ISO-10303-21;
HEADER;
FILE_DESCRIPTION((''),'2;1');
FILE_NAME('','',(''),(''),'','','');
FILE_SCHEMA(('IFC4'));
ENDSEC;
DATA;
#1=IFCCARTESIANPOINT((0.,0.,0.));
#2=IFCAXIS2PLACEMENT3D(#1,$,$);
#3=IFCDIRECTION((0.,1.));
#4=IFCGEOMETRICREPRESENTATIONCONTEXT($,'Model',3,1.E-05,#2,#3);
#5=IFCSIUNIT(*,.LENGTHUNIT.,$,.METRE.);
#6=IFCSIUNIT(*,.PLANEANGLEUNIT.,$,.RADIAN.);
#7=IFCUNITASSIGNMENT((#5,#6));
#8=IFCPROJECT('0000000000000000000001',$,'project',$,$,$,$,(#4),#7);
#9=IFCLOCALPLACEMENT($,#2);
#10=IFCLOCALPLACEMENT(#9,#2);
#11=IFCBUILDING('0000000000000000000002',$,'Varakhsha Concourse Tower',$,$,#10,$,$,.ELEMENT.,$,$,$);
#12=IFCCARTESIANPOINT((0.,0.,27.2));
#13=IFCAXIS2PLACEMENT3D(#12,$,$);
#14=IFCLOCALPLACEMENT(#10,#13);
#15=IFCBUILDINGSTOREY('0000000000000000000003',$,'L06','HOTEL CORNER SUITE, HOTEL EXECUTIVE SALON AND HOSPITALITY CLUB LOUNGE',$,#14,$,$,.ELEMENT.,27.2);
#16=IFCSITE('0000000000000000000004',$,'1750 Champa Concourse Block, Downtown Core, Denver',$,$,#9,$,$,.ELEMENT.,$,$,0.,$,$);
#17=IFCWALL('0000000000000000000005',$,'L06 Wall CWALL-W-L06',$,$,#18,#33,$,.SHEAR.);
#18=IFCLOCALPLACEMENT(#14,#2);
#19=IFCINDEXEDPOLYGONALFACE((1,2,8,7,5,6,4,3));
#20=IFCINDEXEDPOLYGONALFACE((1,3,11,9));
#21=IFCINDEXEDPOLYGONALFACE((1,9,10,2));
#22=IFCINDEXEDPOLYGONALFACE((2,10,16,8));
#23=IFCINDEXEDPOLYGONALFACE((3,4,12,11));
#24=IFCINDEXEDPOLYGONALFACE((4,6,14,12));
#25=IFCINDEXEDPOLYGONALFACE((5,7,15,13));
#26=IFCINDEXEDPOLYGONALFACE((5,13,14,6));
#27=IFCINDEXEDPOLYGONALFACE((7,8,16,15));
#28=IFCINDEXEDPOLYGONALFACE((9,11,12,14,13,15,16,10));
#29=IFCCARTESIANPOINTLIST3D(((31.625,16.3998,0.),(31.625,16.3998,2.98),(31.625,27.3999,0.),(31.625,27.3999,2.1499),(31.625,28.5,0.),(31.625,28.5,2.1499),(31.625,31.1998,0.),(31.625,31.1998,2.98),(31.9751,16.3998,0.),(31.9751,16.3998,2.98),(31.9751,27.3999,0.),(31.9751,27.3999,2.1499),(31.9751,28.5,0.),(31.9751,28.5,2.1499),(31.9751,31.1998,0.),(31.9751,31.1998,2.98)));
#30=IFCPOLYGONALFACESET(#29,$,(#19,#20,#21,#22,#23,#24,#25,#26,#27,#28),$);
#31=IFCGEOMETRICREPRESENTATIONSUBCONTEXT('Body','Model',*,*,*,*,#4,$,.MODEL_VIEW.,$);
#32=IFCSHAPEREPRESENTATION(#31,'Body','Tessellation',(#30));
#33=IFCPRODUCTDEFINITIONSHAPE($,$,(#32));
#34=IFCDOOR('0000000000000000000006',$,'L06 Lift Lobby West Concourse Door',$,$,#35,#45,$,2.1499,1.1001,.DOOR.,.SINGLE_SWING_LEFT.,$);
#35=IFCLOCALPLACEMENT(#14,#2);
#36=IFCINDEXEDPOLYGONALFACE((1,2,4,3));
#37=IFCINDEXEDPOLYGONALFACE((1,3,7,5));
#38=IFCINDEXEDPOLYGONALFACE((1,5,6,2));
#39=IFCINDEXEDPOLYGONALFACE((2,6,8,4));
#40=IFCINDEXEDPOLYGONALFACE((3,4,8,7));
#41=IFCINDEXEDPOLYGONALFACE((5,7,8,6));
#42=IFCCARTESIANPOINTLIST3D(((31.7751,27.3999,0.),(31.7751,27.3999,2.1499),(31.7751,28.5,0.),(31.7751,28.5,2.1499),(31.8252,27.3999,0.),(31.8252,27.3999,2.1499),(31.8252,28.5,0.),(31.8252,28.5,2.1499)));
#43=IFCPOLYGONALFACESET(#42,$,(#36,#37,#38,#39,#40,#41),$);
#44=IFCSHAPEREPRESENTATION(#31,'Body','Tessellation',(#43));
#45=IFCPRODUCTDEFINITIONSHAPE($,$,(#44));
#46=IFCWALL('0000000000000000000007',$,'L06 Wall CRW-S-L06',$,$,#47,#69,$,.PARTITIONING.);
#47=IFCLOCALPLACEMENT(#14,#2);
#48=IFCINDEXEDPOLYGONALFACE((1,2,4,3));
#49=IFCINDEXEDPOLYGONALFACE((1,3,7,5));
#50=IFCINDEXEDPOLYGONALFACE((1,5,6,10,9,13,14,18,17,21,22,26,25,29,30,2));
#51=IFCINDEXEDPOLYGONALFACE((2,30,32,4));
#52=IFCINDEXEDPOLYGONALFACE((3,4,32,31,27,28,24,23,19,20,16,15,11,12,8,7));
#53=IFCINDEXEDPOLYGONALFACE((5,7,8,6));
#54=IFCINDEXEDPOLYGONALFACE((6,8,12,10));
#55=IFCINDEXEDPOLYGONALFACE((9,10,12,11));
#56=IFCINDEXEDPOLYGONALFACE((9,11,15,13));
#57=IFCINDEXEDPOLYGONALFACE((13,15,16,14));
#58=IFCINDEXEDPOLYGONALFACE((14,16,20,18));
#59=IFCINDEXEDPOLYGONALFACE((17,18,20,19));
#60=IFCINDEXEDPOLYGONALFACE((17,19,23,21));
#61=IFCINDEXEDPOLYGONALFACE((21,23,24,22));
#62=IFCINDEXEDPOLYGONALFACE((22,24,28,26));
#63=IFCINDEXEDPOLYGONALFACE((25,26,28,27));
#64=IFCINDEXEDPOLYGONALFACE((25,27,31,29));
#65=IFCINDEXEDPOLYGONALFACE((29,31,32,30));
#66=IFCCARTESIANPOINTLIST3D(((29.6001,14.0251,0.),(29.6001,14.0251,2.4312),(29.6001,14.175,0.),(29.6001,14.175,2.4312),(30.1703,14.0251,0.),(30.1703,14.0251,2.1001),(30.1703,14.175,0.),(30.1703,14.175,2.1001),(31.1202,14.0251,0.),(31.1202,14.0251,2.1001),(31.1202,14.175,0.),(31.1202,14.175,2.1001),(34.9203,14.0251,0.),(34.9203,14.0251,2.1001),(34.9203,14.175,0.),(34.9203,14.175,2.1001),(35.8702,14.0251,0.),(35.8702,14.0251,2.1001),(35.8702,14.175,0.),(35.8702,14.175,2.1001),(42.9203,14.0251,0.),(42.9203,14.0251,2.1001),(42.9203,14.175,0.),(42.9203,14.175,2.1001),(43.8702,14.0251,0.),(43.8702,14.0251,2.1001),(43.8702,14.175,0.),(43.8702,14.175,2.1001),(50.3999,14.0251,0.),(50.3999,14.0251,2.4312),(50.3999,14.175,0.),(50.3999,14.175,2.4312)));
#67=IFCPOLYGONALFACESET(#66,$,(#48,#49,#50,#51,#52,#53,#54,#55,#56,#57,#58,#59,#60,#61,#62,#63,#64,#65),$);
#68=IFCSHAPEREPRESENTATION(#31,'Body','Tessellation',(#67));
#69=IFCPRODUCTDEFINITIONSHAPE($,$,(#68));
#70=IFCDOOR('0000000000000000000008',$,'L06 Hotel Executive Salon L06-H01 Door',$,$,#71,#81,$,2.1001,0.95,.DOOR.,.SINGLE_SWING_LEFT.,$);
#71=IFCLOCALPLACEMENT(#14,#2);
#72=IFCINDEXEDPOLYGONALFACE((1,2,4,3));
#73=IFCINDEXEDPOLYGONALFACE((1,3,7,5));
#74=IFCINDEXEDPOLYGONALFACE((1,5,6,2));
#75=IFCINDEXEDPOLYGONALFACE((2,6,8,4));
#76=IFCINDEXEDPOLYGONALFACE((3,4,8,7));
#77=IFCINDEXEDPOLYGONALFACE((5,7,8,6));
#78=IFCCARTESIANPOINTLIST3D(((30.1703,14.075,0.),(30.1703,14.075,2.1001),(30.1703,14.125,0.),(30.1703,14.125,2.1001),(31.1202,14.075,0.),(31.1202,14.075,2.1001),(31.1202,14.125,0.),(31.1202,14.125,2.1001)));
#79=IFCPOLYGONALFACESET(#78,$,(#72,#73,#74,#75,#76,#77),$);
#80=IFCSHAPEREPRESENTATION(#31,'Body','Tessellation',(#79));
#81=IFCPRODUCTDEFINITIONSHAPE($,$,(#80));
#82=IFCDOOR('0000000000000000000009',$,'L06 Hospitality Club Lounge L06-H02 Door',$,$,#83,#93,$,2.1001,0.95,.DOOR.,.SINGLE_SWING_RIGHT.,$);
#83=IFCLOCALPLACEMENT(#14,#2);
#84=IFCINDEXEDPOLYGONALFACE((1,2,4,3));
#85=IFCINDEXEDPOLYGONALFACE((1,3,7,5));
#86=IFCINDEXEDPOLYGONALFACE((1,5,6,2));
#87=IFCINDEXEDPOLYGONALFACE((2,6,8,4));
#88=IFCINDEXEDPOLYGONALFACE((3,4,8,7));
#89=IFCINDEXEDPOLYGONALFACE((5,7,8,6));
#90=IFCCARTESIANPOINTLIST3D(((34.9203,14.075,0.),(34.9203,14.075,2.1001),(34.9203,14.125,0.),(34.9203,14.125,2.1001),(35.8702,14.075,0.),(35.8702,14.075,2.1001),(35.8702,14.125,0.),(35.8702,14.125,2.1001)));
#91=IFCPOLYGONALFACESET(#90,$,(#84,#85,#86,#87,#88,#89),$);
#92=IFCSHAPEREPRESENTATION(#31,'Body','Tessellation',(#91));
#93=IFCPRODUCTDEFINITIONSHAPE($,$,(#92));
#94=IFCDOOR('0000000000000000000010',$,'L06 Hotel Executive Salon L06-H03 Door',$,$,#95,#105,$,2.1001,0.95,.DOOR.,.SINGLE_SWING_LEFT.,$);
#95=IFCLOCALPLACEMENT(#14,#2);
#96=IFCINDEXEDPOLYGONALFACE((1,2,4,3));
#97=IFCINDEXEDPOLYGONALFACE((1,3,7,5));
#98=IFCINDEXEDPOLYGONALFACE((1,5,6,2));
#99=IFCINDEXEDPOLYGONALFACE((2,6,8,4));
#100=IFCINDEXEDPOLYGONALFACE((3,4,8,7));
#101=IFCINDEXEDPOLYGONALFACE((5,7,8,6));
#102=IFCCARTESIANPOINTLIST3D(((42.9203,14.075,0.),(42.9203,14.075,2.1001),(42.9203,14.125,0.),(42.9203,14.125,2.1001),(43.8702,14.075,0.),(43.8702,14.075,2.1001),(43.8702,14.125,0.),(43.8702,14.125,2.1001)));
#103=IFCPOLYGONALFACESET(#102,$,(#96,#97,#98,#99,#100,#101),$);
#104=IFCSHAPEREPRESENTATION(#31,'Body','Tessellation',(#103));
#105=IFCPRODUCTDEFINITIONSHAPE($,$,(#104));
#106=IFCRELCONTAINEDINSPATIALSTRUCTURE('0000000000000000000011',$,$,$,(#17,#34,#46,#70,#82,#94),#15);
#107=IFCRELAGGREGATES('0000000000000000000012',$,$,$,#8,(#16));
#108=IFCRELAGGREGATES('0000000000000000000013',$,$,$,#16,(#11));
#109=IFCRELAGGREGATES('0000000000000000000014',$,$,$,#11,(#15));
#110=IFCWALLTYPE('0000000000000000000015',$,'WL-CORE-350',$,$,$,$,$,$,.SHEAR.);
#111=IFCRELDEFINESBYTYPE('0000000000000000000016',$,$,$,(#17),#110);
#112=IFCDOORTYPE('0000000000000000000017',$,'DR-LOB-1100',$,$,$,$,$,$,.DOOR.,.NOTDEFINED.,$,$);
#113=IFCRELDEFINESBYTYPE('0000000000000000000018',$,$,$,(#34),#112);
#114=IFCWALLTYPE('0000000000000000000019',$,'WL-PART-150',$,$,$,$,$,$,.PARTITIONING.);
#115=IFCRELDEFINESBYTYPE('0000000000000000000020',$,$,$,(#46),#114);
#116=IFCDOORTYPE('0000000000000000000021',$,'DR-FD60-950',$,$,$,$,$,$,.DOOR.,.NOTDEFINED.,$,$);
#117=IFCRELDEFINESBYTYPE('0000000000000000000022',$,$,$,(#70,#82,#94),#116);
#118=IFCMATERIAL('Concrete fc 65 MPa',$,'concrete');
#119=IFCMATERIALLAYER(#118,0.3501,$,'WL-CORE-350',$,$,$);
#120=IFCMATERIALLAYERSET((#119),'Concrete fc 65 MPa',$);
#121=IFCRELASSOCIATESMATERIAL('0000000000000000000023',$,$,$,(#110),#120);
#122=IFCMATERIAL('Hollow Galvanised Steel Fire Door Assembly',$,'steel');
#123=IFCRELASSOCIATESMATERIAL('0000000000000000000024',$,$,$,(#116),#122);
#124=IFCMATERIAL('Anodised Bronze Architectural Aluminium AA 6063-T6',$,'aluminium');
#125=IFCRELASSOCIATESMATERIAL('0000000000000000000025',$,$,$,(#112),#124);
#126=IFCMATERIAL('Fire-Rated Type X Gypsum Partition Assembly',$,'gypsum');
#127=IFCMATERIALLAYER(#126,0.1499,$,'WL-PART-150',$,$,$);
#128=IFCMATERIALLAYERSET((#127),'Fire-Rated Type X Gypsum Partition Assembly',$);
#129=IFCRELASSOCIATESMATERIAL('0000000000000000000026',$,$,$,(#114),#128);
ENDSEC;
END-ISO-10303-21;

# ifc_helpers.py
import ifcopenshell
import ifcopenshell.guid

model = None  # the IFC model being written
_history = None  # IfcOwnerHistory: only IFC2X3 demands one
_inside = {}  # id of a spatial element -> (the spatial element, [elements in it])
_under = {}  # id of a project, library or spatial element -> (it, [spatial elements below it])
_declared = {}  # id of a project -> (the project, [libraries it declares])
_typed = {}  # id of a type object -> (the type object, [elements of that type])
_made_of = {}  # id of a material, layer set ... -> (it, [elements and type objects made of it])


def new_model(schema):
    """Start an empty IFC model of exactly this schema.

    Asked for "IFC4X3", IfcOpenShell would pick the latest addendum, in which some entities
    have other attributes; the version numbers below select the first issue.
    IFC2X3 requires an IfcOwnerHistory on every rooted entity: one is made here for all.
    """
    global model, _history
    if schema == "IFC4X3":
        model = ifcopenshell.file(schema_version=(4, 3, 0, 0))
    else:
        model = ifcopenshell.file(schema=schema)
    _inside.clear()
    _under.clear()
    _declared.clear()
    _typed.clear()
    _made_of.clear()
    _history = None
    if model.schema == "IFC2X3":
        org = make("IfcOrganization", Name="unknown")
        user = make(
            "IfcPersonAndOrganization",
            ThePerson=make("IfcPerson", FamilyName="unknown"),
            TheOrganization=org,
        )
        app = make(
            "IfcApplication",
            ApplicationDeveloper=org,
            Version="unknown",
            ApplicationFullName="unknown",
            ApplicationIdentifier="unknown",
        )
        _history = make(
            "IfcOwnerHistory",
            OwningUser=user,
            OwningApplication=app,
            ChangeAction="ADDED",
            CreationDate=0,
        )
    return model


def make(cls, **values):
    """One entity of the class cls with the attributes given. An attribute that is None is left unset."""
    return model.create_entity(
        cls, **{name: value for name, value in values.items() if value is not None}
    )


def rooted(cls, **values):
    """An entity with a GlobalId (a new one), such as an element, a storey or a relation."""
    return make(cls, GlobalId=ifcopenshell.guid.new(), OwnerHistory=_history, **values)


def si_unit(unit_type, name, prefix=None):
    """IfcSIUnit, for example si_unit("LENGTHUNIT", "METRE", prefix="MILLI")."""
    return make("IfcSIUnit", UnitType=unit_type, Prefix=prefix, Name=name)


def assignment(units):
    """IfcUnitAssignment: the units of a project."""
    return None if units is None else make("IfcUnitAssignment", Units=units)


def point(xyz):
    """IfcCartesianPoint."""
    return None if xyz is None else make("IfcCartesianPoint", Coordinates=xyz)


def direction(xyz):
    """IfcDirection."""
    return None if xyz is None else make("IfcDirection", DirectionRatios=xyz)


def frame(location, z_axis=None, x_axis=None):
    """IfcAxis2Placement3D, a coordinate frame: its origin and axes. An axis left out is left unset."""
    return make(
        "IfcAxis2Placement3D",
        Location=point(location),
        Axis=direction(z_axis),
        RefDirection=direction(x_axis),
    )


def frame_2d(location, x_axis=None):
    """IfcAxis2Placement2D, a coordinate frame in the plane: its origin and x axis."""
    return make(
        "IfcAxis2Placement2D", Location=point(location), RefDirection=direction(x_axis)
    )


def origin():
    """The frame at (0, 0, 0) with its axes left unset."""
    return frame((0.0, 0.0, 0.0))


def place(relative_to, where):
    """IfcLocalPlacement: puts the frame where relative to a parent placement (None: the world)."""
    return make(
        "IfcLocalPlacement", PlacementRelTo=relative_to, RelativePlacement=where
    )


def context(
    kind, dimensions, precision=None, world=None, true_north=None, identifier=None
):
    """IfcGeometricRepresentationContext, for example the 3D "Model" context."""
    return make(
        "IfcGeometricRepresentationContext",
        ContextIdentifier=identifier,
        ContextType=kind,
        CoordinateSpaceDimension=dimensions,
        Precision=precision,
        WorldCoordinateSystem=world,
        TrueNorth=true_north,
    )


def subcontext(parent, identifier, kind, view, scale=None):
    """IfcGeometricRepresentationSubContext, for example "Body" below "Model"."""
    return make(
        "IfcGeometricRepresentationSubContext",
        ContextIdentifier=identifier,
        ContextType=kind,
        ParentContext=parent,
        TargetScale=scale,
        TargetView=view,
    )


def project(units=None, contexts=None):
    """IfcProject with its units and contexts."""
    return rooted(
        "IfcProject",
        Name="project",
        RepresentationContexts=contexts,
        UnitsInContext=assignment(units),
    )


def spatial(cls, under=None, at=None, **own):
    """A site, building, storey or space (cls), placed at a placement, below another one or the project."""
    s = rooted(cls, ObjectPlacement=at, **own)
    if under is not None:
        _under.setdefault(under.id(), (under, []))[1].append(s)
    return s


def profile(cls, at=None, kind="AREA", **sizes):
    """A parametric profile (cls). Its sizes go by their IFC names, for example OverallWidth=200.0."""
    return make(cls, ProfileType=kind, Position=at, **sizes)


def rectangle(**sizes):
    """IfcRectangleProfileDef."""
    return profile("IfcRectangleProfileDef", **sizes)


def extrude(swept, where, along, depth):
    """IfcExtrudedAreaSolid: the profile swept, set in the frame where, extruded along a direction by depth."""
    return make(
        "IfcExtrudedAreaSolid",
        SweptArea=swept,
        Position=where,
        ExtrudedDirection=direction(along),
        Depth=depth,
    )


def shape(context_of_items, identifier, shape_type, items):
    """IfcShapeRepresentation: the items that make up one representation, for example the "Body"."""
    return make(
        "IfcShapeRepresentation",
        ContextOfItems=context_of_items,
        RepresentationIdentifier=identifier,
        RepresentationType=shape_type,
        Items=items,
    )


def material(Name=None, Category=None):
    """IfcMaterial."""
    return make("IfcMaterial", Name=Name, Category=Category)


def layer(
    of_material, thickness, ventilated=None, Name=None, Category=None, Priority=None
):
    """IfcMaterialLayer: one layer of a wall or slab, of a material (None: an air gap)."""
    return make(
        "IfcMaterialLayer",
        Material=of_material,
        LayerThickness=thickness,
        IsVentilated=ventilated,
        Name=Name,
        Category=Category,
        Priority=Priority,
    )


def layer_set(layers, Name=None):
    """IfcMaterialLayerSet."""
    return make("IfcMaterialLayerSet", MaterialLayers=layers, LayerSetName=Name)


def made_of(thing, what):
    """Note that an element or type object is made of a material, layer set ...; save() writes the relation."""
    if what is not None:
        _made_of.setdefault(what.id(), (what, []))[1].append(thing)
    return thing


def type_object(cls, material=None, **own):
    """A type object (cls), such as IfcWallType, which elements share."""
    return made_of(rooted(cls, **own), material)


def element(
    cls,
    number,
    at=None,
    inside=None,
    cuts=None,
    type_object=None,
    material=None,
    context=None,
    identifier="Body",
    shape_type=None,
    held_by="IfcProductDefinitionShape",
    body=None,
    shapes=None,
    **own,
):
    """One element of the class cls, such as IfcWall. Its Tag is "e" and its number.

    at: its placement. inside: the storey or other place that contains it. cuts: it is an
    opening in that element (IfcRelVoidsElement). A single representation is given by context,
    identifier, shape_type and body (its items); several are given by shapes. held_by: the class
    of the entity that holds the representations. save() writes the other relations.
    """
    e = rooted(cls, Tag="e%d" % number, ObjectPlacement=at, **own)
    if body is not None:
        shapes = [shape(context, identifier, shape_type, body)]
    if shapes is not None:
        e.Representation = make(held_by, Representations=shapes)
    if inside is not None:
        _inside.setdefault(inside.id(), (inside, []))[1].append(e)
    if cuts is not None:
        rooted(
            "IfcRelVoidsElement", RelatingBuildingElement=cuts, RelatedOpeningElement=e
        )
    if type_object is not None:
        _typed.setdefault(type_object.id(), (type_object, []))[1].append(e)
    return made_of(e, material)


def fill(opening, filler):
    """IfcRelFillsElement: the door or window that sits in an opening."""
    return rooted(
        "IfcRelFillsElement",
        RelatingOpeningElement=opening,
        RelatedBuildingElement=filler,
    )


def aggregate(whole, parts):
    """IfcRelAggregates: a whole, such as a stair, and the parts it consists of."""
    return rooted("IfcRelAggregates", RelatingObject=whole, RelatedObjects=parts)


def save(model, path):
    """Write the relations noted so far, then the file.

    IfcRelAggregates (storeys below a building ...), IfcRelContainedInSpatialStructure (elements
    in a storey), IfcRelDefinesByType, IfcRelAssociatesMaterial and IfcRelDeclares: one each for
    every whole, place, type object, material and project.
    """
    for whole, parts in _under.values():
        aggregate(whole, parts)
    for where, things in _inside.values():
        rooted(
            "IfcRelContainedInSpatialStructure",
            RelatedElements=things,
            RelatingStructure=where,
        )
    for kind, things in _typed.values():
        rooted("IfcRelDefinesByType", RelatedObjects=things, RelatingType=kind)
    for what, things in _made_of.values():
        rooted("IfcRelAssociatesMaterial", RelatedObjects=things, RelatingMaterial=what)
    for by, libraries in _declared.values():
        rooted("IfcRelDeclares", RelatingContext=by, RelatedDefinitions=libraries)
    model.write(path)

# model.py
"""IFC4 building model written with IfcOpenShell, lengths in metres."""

from ifc_helpers import new_model, si_unit, direction, frame, frame_2d, origin, place, context, subcontext, project, spatial, rectangle, extrude, material, layer, layer_set, type_object, element, fill, save


model = new_model("IFC4")

# Units and contexts
model_context = context("Model", 3, precision=1e-05, world=origin(), true_north=direction((0.0, 1.0)))
body_context = subcontext(model_context, "Body", "Model", "MODEL_VIEW")
ifc_project = project(units=[si_unit("LENGTHUNIT", "METRE"), si_unit("PLANEANGLEUNIT", "RADIAN")], contexts=[model_context])

# Site, building, storey
site_placement = place(None, origin())
site = spatial("IfcSite", under=ifc_project, at=site_placement, Name="1750 Champa Concourse Block, Downtown Core, Denver", CompositionType="ELEMENT", RefElevation=0.0)
building_placement = place(site_placement, origin())
building = spatial("IfcBuilding", under=site, at=building_placement, Name="Varakhsha Concourse Tower", CompositionType="ELEMENT")
storey_placement = place(building_placement, frame((0.0, 0.0, 27.2)))
storey = spatial("IfcBuildingStorey", under=building, at=storey_placement, Name="L06", Description="HOTEL CORNER SUITE, HOTEL EXECUTIVE SALON AND HOSPITALITY CLUB LOUNGE", CompositionType="ELEMENT", Elevation=27.2)

# Shared definitions
ifc_material_1 = material(Name="Concrete fc 65 MPa", Category="concrete")

# Shared definitions
ifc_layer_1 = layer(ifc_material_1, 0.3501, Name="WL-CORE-350")
ifc_layer_set_1 = layer_set([ifc_layer_1], Name="Concrete fc 65 MPa")
wall_type_1 = type_object("IfcWallType", Name="WL-CORE-350", PredefinedType="SHEAR", material=ifc_layer_set_1)
ifc_material_2 = material(Name="Hollow Galvanised Steel Fire Door Assembly", Category="steel")
door_type_1 = type_object("IfcDoorType", Name="DR-FD60-950", OperationType="NOTDEFINED", PredefinedType="DOOR", material=ifc_material_2)

# Wall, opening, door
wall_1_placement = place(storey_placement, frame((31.8, 16.3999, 0.0), z_axis=(0.0, 0.0, 1.0), x_axis=(0.0, 1.0, 0.0)))
wall_1 = element("IfcWall", 1, at=wall_1_placement, inside=storey, type_object=wall_type_1, Name="L06 Wall CWALL-W-L06", PredefinedType="SHEAR", context=body_context, shape_type="SweptSolid", body=[
    extrude(rectangle(XDim=14.8, YDim=0.3501, at=frame_2d((7.3999, 0.0))), origin(), (0.0, 0.0, 1.0), 2.98),
])
opening_1_placement = place(wall_1_placement, frame((11.0, 0.0, 0.0)))
opening_1 = element("IfcOpeningElement", 2, at=opening_1_placement, cuts=wall_1, PredefinedType="OPENING", context=body_context, shape_type="SweptSolid", body=[
    extrude(rectangle(XDim=1.1001, YDim=2.1499, at=frame_2d((0.55, 1.075))), frame((0.0, 0.1851, 0.0), z_axis=(0.0, -1.0, 0.0), x_axis=(1.0, 0.0, 0.0)), (0.0, 0.0, 1.0), 0.3701),
])
ifc_material_3 = material(Name="Anodised Bronze Architectural Aluminium AA 6063-T6", Category="aluminium")
door_type_2 = type_object("IfcDoorType", Name="DR-LOB-1100", OperationType="NOTDEFINED", PredefinedType="DOOR", material=ifc_material_3)
door_1_placement = place(opening_1_placement, origin())
door_1 = element("IfcDoor", 3, at=door_1_placement, inside=storey, type_object=door_type_2, Name="L06 Lift Lobby West Concourse Door", OperationType="SINGLE_SWING_LEFT", OverallHeight=2.1499, OverallWidth=1.1001, PredefinedType="DOOR", context=body_context, shape_type="SweptSolid", body=[
    extrude(rectangle(XDim=1.1001, YDim=2.1499, at=frame_2d((0.55, 1.075))), frame((0.0, 0.0249, 0.0), z_axis=(0.0, -1.0, 0.0), x_axis=(1.0, 0.0, 0.0)), (0.0, 0.0, 1.0), 0.05),
])
fill(opening_1, door_1)

# Wall, openings, doors
ifc_material_4 = material(Name="Fire-Rated Type X Gypsum Partition Assembly", Category="gypsum")
ifc_layer_2 = layer(ifc_material_4, 0.1499, Name="WL-PART-150")
ifc_layer_set_2 = layer_set([ifc_layer_2], Name="Fire-Rated Type X Gypsum Partition Assembly")
wall_type_2 = type_object("IfcWallType", Name="WL-PART-150", PredefinedType="PARTITIONING", material=ifc_layer_set_2)
wall_2_placement = place(storey_placement, frame((29.6001, 14.1001, 0.0), z_axis=(0.0, 0.0, 1.0), x_axis=(1.0, 0.0, 0.0)))
wall_2 = element("IfcWall", 4, at=wall_2_placement, inside=storey, type_object=wall_type_2, Name="L06 Wall CRW-S-L06", PredefinedType="PARTITIONING", context=body_context, shape_type="SweptSolid", body=[
    extrude(rectangle(XDim=20.7998, YDim=0.1499, at=frame_2d((10.3999, 0.0))), origin(), (0.0, 0.0, 1.0), 2.4312),
])
opening_2_placement = place(wall_2_placement, frame((0.5701, 0.0, 0.0)))
opening_2 = element("IfcOpeningElement", 5, at=opening_2_placement, cuts=wall_2, PredefinedType="OPENING", context=body_context, shape_type="SweptSolid", body=[
    extrude(rectangle(XDim=0.95, YDim=2.1001, at=frame_2d((0.4751, 1.05))), frame((0.0, 0.085, 0.0), z_axis=(0.0, -1.0, 0.0), x_axis=(1.0, 0.0, 0.0)), (0.0, 0.0, 1.0), 0.1699),
])
opening_3_placement = place(wall_2_placement, frame((5.3201, 0.0, 0.0)))
opening_3 = element("IfcOpeningElement", 6, at=opening_3_placement, cuts=wall_2, PredefinedType="OPENING", context=body_context, shape_type="SweptSolid", body=[
    extrude(rectangle(XDim=0.95, YDim=2.1001, at=frame_2d((0.4751, 1.05))), frame((0.0, 0.085, 0.0), z_axis=(0.0, -1.0, 0.0), x_axis=(1.0, 0.0, 0.0)), (0.0, 0.0, 1.0), 0.1699),
])
opening_4_placement = place(wall_2_placement, frame((13.3201, 0.0, 0.0)))
opening_4 = element("IfcOpeningElement", 7, at=opening_4_placement, cuts=wall_2, PredefinedType="OPENING", context=body_context, shape_type="SweptSolid", body=[
    extrude(rectangle(XDim=0.95, YDim=2.1001, at=frame_2d((0.4751, 1.05))), frame((0.0, 0.085, 0.0), z_axis=(0.0, -1.0, 0.0), x_axis=(1.0, 0.0, 0.0)), (0.0, 0.0, 1.0), 0.1699),
])
door_2_placement = place(opening_2_placement, origin())
door_2 = element("IfcDoor", 8, at=door_2_placement, inside=storey, type_object=door_type_1, Name="L06 Hotel Executive Salon L06-H01 Door", OperationType="SINGLE_SWING_LEFT", OverallHeight=2.1001, OverallWidth=0.95, PredefinedType="DOOR", context=body_context, shape_type="SweptSolid", body=[
    extrude(rectangle(XDim=0.95, YDim=2.1001, at=frame_2d((0.4751, 1.05))), frame((0.0, 0.0249, 0.0), z_axis=(0.0, -1.0, 0.0), x_axis=(1.0, 0.0, 0.0)), (0.0, 0.0, 1.0), 0.05),
])
fill(opening_2, door_2)
door_3_placement = place(opening_3_placement, origin())
door_3 = element("IfcDoor", 9, at=door_3_placement, inside=storey, type_object=door_type_1, Name="L06 Hospitality Club Lounge L06-H02 Door", OperationType="SINGLE_SWING_RIGHT", OverallHeight=2.1001, OverallWidth=0.95, PredefinedType="DOOR", context=body_context, shape_type="SweptSolid", body=[
    extrude(rectangle(XDim=0.95, YDim=2.1001, at=frame_2d((0.4751, 1.05))), frame((0.0, 0.0249, 0.0), z_axis=(0.0, -1.0, 0.0), x_axis=(1.0, 0.0, 0.0)), (0.0, 0.0, 1.0), 0.05),
])
fill(opening_3, door_3)
door_4_placement = place(opening_4_placement, origin())
door_4 = element("IfcDoor", 10, at=door_4_placement, inside=storey, type_object=door_type_1, Name="L06 Hotel Executive Salon L06-H03 Door", OperationType="SINGLE_SWING_LEFT", OverallHeight=2.1001, OverallWidth=0.95, PredefinedType="DOOR", context=body_context, shape_type="SweptSolid", body=[
    extrude(rectangle(XDim=0.95, YDim=2.1001, at=frame_2d((0.4751, 1.05))), frame((0.0, 0.0249, 0.0), z_axis=(0.0, -1.0, 0.0), x_axis=(1.0, 0.0, 0.0)), (0.0, 0.0, 1.0), 0.05),
])
fill(opening_4, door_4)

save(model, "model.ifc")
